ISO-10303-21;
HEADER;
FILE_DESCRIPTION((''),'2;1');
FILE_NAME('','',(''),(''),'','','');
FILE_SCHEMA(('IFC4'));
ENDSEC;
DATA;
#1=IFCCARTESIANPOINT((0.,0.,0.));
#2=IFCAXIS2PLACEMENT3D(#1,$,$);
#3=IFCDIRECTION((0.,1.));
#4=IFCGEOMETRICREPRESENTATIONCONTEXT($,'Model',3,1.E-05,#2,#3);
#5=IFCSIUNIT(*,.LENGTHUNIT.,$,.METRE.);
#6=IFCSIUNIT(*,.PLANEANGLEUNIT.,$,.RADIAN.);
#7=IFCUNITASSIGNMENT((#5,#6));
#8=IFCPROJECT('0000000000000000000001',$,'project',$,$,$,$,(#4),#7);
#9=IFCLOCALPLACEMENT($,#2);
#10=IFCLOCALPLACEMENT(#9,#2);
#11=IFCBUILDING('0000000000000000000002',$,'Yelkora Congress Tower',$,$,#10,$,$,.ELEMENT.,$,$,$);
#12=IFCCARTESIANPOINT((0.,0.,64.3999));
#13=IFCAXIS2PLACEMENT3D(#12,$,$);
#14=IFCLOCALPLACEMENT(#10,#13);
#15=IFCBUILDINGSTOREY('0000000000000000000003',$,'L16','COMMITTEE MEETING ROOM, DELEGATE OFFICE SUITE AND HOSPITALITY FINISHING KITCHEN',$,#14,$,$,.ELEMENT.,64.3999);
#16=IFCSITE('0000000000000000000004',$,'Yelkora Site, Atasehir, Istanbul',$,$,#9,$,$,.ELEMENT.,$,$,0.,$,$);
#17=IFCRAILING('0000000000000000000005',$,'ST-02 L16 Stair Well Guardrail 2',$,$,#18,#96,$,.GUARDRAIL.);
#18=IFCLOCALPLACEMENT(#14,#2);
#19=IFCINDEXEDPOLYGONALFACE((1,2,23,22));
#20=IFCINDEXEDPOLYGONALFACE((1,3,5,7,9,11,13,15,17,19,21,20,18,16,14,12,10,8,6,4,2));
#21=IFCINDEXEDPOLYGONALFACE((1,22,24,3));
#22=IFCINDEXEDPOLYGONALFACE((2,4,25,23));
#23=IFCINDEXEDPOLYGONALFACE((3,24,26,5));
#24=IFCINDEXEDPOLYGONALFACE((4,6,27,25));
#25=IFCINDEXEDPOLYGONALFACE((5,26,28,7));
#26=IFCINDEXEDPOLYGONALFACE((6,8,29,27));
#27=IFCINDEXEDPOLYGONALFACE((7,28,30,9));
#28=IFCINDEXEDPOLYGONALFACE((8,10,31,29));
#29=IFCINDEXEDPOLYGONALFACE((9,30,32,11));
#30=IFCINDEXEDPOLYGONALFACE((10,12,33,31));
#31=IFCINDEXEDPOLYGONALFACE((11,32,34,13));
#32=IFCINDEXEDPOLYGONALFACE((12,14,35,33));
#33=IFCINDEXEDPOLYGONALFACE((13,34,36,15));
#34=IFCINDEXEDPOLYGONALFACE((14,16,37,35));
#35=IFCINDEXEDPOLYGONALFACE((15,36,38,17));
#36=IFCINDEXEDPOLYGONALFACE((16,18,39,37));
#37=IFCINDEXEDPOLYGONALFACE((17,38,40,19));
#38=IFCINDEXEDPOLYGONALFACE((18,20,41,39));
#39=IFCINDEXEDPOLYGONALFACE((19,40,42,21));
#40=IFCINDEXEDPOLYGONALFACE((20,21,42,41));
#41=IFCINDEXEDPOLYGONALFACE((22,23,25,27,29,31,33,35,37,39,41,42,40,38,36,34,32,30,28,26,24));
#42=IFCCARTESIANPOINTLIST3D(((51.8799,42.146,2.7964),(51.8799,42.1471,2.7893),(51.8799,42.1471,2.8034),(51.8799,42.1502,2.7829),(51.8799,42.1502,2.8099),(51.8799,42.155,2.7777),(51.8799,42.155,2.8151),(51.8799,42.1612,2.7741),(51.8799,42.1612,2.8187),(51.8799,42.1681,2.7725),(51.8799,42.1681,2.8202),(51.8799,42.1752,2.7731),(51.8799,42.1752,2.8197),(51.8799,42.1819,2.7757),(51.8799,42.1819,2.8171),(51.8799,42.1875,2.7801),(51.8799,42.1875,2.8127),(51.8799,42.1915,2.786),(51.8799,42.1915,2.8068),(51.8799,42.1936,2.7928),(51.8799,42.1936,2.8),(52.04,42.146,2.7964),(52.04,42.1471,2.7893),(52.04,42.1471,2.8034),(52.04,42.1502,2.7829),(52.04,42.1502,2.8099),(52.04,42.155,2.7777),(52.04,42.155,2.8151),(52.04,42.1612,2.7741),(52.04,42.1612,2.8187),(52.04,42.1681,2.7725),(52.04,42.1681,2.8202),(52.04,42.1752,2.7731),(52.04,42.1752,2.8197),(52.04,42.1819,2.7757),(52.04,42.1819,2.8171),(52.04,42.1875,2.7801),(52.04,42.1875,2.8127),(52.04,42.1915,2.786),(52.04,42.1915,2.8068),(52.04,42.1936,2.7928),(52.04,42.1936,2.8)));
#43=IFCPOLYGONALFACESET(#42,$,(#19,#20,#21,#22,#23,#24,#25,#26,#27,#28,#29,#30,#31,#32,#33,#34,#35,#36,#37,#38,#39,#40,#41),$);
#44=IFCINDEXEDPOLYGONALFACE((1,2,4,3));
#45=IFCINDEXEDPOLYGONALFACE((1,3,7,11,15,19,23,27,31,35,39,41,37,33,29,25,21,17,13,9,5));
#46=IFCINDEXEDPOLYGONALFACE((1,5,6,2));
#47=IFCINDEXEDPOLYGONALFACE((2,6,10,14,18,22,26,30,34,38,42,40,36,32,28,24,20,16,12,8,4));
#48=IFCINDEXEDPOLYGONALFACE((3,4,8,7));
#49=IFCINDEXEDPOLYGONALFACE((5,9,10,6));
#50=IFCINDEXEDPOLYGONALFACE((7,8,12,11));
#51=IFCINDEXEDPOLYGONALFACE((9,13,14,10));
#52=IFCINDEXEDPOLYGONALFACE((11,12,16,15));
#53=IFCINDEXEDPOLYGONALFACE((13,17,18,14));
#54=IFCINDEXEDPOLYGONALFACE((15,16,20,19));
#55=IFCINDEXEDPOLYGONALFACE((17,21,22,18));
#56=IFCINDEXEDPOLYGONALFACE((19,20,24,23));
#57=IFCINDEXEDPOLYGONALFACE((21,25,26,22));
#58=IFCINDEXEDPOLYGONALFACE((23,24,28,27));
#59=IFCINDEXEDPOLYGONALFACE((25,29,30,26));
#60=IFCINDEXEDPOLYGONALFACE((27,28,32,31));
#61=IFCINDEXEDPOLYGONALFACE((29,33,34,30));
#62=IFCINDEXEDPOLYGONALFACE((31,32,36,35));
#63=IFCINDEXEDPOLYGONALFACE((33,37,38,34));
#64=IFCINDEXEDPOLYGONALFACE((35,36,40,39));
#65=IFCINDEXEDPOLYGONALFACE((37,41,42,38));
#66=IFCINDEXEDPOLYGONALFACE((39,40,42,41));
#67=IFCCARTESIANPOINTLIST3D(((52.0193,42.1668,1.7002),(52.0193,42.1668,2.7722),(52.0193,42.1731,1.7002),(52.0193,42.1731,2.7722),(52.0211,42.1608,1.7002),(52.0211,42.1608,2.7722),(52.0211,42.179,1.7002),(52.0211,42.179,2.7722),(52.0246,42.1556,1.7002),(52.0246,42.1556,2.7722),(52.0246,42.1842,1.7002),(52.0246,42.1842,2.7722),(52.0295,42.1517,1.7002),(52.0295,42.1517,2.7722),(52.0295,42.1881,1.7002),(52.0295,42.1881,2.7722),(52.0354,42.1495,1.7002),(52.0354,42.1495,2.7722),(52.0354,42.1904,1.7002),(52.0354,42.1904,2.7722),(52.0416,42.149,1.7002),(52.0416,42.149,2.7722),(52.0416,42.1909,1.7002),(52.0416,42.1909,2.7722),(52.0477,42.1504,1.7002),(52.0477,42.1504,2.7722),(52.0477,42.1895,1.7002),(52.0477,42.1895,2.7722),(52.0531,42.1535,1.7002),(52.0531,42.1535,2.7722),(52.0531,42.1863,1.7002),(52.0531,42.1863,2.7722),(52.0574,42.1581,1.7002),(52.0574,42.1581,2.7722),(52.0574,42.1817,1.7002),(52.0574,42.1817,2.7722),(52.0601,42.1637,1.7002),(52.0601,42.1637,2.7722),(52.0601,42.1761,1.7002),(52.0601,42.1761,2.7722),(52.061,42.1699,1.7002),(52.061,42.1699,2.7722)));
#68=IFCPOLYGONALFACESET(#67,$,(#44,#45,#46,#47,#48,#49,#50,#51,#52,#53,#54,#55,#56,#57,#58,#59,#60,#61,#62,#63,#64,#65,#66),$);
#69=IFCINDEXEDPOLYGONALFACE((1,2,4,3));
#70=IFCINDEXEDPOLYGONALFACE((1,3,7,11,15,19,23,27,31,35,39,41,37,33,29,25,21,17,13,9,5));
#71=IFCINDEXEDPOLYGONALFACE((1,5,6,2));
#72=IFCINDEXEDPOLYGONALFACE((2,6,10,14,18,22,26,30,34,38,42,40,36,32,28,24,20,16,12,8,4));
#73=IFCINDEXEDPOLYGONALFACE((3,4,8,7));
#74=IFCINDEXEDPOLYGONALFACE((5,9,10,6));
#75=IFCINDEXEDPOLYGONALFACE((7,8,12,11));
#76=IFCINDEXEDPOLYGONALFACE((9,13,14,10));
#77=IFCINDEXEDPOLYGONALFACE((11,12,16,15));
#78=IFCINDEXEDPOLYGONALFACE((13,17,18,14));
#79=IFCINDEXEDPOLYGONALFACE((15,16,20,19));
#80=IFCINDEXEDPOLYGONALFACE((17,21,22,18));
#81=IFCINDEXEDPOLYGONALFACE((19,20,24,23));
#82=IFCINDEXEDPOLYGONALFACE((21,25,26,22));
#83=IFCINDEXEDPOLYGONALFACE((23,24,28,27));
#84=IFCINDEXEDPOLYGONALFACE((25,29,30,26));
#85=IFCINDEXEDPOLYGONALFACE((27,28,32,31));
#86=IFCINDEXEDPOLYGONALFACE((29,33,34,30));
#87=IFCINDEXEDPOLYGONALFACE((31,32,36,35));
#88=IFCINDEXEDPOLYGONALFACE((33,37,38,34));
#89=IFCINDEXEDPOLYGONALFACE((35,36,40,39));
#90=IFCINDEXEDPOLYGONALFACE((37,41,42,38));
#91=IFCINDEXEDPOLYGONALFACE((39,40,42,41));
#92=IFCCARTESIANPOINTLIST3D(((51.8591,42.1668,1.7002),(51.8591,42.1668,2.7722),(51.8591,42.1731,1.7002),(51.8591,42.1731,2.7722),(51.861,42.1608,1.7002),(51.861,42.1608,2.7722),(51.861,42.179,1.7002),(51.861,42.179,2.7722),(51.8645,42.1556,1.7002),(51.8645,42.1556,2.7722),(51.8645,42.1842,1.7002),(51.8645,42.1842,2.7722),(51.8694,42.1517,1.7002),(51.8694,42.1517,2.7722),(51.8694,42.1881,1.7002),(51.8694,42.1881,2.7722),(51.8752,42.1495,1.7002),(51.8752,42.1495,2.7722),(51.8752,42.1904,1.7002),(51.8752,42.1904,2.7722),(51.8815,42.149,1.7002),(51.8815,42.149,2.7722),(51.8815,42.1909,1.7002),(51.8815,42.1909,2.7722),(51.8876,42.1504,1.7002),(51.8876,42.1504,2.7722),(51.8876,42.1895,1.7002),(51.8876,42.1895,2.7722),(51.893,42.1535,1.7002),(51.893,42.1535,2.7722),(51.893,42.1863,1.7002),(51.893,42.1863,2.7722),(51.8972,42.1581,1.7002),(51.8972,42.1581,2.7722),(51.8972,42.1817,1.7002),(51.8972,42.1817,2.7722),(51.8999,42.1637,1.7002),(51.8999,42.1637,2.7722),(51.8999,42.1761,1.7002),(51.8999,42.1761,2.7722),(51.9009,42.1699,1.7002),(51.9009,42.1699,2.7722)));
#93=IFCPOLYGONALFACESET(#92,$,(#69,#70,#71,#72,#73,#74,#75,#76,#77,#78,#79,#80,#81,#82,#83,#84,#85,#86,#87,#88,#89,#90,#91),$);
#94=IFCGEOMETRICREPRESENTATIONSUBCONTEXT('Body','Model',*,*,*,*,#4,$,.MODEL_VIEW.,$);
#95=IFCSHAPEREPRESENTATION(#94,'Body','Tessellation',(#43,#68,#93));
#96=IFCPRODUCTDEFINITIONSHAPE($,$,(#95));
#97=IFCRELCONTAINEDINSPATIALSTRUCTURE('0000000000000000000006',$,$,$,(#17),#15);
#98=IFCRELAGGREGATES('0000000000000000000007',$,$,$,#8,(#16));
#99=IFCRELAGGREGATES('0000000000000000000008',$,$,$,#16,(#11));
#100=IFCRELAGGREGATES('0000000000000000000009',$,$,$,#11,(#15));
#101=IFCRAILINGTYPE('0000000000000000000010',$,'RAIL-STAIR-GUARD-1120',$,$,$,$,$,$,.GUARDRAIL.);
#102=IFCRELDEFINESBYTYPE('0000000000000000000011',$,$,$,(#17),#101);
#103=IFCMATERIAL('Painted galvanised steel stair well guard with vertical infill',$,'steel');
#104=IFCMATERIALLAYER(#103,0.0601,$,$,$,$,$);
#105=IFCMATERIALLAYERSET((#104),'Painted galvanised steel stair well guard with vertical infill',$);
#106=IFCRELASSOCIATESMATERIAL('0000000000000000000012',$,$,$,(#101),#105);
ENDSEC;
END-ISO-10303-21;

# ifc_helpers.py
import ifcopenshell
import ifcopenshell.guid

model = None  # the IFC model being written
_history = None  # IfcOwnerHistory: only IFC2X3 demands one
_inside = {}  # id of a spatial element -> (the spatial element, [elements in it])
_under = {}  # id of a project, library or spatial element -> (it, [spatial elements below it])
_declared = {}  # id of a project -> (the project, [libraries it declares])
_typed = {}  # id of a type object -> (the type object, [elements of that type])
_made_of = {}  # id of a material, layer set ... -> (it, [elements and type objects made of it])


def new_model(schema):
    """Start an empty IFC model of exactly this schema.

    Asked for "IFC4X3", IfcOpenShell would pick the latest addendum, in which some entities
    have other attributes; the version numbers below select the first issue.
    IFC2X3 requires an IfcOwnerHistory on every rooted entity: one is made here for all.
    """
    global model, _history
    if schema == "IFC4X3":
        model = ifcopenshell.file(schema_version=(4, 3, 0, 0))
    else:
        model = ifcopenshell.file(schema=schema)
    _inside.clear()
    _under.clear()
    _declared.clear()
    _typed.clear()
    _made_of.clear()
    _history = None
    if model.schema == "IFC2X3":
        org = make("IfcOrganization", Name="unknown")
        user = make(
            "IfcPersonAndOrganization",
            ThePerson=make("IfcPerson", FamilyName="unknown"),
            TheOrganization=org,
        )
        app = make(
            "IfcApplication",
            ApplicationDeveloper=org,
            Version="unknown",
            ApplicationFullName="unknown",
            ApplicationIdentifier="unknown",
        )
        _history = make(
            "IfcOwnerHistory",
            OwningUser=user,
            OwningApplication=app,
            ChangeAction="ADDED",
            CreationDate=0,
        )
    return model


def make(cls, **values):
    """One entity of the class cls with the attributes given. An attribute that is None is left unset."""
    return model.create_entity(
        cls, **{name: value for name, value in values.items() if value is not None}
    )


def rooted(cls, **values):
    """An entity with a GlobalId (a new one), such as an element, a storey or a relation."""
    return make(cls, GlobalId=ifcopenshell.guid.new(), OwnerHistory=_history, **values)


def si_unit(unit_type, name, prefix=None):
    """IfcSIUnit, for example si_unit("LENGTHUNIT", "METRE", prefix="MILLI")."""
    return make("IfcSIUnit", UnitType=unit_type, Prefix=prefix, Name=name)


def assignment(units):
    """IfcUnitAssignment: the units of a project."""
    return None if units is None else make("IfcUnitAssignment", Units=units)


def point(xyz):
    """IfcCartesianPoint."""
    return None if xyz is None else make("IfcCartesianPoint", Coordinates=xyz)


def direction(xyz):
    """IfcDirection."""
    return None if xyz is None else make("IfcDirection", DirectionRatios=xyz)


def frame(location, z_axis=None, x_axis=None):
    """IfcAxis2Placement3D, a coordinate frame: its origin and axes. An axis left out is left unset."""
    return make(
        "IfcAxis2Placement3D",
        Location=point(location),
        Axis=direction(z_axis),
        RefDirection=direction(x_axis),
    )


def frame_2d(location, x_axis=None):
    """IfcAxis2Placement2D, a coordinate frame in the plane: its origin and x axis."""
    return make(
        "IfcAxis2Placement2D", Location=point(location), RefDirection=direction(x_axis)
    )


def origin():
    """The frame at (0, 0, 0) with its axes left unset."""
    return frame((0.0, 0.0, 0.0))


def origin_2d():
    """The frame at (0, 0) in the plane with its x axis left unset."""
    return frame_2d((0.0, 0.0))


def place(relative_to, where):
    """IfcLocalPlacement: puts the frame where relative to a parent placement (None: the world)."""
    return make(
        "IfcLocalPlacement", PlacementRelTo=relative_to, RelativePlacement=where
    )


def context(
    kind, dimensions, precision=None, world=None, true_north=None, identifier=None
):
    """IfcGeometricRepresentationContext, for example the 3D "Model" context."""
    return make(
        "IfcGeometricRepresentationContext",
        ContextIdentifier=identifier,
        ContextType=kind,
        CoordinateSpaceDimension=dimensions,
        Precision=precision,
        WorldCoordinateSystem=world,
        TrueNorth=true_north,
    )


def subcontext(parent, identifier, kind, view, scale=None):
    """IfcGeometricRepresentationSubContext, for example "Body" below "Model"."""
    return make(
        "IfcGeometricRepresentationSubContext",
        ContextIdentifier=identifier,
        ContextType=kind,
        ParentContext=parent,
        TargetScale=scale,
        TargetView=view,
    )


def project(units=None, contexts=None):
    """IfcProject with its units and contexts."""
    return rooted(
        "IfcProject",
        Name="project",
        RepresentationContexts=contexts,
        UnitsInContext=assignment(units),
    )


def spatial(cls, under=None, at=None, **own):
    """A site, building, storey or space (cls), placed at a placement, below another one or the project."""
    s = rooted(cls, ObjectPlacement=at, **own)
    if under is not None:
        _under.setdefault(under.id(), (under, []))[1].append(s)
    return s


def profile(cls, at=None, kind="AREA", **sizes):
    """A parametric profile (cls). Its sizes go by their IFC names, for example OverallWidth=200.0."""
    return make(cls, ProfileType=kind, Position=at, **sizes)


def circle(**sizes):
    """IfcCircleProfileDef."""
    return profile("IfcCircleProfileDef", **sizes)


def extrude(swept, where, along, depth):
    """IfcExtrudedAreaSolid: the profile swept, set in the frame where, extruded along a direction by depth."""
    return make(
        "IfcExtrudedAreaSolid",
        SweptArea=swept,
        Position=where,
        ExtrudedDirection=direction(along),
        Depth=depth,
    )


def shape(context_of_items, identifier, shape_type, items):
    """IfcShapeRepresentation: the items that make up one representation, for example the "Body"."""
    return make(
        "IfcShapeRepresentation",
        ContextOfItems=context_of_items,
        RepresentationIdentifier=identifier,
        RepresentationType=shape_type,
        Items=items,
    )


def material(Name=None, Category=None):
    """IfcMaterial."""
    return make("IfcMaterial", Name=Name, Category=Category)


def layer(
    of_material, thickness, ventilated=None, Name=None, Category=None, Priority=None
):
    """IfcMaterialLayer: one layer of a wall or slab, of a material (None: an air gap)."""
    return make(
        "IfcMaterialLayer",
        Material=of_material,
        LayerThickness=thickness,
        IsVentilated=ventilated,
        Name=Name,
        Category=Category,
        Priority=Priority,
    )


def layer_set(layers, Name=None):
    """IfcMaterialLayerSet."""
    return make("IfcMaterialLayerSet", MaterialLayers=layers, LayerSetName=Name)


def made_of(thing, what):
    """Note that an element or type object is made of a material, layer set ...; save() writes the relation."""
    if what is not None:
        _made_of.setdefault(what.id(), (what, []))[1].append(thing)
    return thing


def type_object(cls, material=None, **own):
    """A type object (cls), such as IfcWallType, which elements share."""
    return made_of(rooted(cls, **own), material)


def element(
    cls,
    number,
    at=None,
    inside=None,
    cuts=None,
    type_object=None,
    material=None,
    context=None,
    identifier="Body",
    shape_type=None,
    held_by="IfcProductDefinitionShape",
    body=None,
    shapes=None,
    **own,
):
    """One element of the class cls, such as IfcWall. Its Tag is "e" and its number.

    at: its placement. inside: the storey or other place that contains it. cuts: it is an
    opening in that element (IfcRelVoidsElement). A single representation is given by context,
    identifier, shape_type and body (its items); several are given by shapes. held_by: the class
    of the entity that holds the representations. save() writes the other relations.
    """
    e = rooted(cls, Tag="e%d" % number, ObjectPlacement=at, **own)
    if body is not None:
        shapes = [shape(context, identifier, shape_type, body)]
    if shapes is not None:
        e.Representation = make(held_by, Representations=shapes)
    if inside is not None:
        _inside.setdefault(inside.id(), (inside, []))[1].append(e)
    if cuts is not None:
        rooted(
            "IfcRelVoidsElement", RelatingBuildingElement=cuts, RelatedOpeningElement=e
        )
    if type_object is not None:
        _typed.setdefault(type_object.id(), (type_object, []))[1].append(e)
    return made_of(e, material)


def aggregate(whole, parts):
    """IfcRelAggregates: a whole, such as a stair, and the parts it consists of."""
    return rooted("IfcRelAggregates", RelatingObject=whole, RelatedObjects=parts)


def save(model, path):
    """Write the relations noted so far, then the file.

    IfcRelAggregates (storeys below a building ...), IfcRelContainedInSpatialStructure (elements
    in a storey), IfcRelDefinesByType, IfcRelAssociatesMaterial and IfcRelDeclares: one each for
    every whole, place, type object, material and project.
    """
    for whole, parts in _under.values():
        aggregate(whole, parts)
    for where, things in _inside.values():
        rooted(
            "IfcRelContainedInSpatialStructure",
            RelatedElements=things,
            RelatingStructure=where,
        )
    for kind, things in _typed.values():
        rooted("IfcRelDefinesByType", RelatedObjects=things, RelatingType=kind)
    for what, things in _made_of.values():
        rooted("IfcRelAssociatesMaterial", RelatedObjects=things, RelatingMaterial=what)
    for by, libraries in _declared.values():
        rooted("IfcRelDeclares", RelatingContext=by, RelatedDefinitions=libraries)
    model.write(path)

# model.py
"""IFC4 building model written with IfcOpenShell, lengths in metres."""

from ifc_helpers import new_model, si_unit, direction, frame, origin, origin_2d, place, context, subcontext, project, spatial, circle, extrude, material, layer, layer_set, type_object, element, save


model = new_model("IFC4")

# Units and contexts
model_context = context("Model", 3, precision=1e-05, world=origin(), true_north=direction((0.0, 1.0)))
body_context = subcontext(model_context, "Body", "Model", "MODEL_VIEW")
ifc_project = project(units=[si_unit("LENGTHUNIT", "METRE"), si_unit("PLANEANGLEUNIT", "RADIAN")], contexts=[model_context])

# Site, building, storey
site_placement = place(None, origin())
site = spatial("IfcSite", under=ifc_project, at=site_placement, Name="Yelkora Site, Atasehir, Istanbul", CompositionType="ELEMENT", RefElevation=0.0)
building_placement = place(site_placement, origin())
building = spatial("IfcBuilding", under=site, at=building_placement, Name="Yelkora Congress Tower", CompositionType="ELEMENT")
storey_placement = place(building_placement, frame((0.0, 0.0, 64.3999)))
storey = spatial("IfcBuildingStorey", under=building, at=storey_placement, Name="L16", Description="COMMITTEE MEETING ROOM, DELEGATE OFFICE SUITE AND HOSPITALITY FINISHING KITCHEN", CompositionType="ELEMENT", Elevation=64.3999)

# Railing
ifc_material_1 = material(Name="Painted galvanised steel stair well guard with vertical infill", Category="steel")
ifc_layer_1 = layer(ifc_material_1, 0.0601)
ifc_layer_set_1 = layer_set([ifc_layer_1], Name="Painted galvanised steel stair well guard with vertical infill")
railing_type_1 = type_object("IfcRailingType", Name="RAIL-STAIR-GUARD-1120", PredefinedType="GUARDRAIL", material=ifc_layer_set_1)
railing_1_placement = place(storey_placement, frame((52.04, 42.1699, 1.7002)))
element("IfcRailing", 1, at=railing_1_placement, inside=storey, type_object=railing_type_1, Name="ST-02 L16 Stair Well Guardrail 2", PredefinedType="GUARDRAIL", context=body_context, shape_type="SweptSolid", body=[
    extrude(circle(Radius=0.0239, at=origin_2d()), frame((0.0, 0.0, 1.0962), z_axis=(-1.0, 0.0, 0.0), x_axis=(0.0, -1.0, 0.0)), (0.0, 0.0, 1.0), 0.1602),
    extrude(circle(Radius=0.021, at=origin_2d()), origin(), (0.0, 0.0, 1.0), 1.072),
    extrude(circle(Radius=0.021, at=origin_2d()), frame((-0.1602, 0.0, 0.0)), (0.0, 0.0, 1.0), 1.072),
])

save(model, "model.ifc")
